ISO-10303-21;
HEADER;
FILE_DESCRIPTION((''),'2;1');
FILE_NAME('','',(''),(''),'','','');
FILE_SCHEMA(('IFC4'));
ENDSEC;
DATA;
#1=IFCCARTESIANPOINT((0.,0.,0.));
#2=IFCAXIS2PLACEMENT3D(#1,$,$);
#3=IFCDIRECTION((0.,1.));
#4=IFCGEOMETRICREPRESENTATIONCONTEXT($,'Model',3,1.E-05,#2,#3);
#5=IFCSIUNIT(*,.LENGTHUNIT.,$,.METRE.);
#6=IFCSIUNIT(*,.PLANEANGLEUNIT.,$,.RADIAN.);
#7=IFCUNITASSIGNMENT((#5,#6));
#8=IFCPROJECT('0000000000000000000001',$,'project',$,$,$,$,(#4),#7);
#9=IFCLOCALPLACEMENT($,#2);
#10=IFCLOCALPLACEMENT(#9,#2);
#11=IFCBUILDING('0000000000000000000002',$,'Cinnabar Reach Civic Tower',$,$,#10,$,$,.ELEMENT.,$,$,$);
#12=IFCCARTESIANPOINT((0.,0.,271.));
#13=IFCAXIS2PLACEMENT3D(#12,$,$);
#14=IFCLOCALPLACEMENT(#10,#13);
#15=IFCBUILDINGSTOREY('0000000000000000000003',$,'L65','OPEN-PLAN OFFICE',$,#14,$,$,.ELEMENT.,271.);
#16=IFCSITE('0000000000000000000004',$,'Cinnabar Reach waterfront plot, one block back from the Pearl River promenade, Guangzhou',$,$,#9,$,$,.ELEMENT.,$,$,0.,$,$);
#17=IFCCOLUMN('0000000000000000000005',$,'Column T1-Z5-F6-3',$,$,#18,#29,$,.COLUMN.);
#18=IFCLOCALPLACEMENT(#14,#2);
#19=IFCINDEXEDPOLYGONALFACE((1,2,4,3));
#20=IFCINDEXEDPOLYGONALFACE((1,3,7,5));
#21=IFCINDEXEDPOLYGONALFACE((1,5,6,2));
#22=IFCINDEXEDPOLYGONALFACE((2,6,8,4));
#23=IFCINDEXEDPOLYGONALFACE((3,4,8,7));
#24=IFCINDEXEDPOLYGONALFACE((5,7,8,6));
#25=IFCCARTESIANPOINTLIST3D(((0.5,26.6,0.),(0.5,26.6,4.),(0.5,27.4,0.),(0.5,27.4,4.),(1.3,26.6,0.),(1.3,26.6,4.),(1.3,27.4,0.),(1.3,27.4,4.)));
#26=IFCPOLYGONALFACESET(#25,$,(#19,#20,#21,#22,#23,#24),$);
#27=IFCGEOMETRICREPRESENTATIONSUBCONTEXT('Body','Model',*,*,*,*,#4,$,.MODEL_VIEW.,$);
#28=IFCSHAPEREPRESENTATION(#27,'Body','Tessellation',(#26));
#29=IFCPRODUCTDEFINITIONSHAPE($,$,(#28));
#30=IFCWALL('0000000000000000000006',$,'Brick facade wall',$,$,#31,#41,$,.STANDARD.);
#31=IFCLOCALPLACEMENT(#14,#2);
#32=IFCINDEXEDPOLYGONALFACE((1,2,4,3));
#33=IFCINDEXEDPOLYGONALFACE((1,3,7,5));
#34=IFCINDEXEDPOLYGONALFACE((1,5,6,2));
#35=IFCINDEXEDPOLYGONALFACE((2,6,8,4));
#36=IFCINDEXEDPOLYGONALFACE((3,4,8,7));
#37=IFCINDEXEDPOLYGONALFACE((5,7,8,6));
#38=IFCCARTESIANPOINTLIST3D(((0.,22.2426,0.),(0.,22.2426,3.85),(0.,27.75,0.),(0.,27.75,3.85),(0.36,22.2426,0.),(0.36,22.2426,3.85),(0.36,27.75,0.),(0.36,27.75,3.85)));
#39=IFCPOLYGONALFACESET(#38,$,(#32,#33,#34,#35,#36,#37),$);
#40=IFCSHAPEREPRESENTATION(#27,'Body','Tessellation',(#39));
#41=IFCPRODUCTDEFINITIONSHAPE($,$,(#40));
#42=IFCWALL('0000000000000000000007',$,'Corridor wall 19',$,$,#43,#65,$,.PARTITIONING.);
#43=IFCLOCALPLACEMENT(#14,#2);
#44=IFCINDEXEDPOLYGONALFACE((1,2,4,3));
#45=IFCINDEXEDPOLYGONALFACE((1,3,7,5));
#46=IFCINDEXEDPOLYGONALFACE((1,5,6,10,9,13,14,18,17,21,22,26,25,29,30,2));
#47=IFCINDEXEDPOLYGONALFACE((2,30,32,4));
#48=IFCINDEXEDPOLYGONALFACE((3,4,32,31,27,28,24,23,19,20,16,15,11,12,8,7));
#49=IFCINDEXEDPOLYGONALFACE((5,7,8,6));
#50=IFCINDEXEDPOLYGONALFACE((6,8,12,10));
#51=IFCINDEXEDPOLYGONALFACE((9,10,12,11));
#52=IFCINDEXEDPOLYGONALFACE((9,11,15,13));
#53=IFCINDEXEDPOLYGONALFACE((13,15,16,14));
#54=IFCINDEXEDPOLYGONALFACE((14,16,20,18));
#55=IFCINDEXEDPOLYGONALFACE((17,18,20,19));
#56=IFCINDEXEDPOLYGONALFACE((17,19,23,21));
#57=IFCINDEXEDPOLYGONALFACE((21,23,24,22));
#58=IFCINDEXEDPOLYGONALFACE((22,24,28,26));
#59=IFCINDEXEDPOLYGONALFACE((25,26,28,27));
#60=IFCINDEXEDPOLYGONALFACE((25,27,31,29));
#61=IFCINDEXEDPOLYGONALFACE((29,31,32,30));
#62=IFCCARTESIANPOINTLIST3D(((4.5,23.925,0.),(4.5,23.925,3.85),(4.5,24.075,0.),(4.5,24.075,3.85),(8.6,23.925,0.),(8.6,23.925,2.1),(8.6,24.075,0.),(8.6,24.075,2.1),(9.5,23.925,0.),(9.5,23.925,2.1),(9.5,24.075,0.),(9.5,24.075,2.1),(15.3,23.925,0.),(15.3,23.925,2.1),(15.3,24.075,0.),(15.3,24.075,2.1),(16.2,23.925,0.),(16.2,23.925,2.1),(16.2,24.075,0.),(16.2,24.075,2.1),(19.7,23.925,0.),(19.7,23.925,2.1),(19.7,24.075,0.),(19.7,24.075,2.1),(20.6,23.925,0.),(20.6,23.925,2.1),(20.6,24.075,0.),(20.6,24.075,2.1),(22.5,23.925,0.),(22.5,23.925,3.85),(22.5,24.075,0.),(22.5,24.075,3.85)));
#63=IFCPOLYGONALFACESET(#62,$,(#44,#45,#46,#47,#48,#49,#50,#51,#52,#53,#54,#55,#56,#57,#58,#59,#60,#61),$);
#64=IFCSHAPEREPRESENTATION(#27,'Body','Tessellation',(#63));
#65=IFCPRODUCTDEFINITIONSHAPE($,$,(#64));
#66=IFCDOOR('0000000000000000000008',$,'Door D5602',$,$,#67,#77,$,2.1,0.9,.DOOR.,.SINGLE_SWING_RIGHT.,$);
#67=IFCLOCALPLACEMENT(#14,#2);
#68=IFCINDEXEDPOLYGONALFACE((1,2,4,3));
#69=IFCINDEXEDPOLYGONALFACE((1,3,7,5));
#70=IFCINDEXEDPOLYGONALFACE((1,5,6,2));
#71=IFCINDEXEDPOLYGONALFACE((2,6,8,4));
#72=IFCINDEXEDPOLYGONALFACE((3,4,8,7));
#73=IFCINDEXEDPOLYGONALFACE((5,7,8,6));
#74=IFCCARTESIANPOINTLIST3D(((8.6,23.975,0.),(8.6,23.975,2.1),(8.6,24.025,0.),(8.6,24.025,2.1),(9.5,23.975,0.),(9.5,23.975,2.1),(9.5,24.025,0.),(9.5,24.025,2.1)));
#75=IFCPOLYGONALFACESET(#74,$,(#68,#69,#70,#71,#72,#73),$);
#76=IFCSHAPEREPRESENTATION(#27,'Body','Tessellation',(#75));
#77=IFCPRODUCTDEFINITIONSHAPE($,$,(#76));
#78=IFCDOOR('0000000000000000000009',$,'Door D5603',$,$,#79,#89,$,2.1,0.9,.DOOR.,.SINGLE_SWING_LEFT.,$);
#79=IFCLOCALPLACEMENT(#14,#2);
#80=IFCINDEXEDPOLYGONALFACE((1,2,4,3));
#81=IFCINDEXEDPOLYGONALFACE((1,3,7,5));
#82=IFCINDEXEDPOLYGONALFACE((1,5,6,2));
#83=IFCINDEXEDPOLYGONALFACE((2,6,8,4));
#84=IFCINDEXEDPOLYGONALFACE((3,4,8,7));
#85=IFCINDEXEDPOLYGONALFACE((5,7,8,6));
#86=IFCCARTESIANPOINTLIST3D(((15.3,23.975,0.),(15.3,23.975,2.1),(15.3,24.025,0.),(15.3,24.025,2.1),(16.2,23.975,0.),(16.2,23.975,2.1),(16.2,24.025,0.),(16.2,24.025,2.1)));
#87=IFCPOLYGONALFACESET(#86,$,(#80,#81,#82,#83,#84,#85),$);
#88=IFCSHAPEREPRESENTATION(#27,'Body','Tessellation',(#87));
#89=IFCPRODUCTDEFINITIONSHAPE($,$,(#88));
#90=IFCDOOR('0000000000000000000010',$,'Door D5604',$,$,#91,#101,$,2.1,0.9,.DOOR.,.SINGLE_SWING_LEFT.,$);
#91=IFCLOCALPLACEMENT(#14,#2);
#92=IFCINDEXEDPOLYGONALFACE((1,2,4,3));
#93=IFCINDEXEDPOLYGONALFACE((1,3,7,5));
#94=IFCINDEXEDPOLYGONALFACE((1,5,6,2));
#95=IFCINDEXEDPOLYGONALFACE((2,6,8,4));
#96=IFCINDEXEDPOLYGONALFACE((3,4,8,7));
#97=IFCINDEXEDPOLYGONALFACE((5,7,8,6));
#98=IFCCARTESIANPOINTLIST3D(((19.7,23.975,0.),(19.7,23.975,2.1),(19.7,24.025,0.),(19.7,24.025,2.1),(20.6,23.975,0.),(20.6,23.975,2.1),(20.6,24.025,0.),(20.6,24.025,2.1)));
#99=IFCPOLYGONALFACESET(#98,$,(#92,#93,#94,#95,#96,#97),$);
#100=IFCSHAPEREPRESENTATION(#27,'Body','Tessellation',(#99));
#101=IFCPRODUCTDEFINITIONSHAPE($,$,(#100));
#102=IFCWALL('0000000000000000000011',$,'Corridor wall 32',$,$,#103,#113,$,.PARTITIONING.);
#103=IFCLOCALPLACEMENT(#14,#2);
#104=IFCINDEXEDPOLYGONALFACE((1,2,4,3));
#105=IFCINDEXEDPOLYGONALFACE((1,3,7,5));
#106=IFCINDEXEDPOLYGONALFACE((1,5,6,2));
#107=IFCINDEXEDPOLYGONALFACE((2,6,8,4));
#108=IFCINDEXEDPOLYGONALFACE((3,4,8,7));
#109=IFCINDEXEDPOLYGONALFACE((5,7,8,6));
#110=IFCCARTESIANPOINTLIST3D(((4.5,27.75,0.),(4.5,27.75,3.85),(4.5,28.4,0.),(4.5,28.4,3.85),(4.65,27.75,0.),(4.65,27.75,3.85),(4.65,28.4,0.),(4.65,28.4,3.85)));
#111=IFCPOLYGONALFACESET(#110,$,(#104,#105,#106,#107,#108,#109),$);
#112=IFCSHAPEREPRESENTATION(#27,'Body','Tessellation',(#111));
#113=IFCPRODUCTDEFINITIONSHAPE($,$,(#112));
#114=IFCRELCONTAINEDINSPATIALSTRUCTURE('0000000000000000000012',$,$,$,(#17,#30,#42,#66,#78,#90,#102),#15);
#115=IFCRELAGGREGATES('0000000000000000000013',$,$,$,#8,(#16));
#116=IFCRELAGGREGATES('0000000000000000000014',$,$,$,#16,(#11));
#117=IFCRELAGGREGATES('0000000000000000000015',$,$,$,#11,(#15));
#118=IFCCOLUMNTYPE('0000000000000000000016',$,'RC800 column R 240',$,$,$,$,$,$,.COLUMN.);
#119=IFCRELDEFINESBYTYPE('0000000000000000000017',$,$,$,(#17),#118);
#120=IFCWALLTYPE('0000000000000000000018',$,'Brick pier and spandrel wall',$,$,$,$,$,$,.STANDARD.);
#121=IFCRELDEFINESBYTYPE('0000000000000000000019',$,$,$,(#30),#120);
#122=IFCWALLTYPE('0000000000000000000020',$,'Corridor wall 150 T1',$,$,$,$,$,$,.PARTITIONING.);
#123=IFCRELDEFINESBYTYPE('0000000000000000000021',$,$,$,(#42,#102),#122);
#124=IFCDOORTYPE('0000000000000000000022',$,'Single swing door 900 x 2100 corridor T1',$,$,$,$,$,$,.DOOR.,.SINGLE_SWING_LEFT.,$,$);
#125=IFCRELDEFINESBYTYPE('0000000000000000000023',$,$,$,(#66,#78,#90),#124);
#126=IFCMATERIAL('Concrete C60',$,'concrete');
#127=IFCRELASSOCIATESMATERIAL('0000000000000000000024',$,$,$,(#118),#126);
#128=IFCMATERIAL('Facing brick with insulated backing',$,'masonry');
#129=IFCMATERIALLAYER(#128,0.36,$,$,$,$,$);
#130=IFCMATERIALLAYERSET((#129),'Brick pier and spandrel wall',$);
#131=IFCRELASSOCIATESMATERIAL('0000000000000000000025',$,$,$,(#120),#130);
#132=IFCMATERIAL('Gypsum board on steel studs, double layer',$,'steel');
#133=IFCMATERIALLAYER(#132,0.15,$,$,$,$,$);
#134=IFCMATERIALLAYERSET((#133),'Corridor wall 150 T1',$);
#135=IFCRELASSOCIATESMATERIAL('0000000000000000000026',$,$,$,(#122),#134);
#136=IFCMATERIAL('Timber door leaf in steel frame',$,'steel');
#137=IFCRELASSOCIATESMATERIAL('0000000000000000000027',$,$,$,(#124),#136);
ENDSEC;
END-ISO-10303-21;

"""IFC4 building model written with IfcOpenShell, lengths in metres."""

from ifc_helpers import new_model, si_unit, direction, frame, frame_2d, origin, origin_2d, place, context, subcontext, project, spatial, rectangle, extrude, material, layer, layer_set, material_profile, profile_set, type_object, element, fill, save


model = new_model("IFC4")

# Units and contexts
model_context = context("Model", 3, precision=1e-05, world=origin(), true_north=direction((0.0, 1.0)))
body_context = subcontext(model_context, "Body", "Model", "MODEL_VIEW")
ifc_project = project(units=[si_unit("LENGTHUNIT", "METRE"), si_unit("PLANEANGLEUNIT", "RADIAN")], contexts=[model_context])

# Site, building, storey
site_placement = place(None, origin())
site = spatial("IfcSite", under=ifc_project, at=site_placement, Name="Cinnabar Reach waterfront plot, one block back from the Pearl River promenade, Guangzhou", CompositionType="ELEMENT", RefElevation=0.0)
building_placement = place(site_placement, origin())
building = spatial("IfcBuilding", under=site, at=building_placement, Name="Cinnabar Reach Civic Tower", CompositionType="ELEMENT")
storey_placement = place(building_placement, frame((0.0, 0.0, 271.0)))
storey = spatial("IfcBuildingStorey", under=building, at=storey_placement, Name="L65", Description="OPEN-PLAN OFFICE", CompositionType="ELEMENT", Elevation=271.0)

# Column
ifc_material_1 = material(Name="Concrete C60", Category="concrete")
ifc_material_profile = material_profile(ifc_material_1, rectangle(XDim=0.8, YDim=0.8, at=origin_2d()), Name="RC800")
ifc_profile_set = profile_set([ifc_material_profile], Name="Concrete C60")
column_type = type_object("IfcColumnType", Name="RC800 column R 240", PredefinedType="COLUMN", material=ifc_profile_set)
column_placement = place(storey_placement, frame((0.9, 27.0, 0.0), z_axis=(0.0, 0.0, 1.0), x_axis=(1.0, 0.0, 0.0)))
element("IfcColumn", 1, at=column_placement, inside=storey, type_object=column_type, Name="Column T1-Z5-F6-3", PredefinedType="COLUMN", context=body_context, shape_type="SweptSolid", body=[
    extrude(rectangle(XDim=0.8, YDim=0.8, at=origin_2d()), origin(), (0.0, 0.0, 1.0), 4.0),
])

# Wall
ifc_material_2 = material(Name="Facing brick with insulated backing", Category="masonry")
ifc_layer_1 = layer(ifc_material_2, 0.36)
ifc_layer_set_1 = layer_set([ifc_layer_1], Name="Brick pier and spandrel wall")
wall_type_1 = type_object("IfcWallType", Name="Brick pier and spandrel wall", PredefinedType="STANDARD", material=ifc_layer_set_1)
wall_1_placement = place(storey_placement, frame((0.18, 27.75, 0.0), z_axis=(0.0, 0.0, 1.0), x_axis=(0.0, -1.0, 0.0)))
element("IfcWall", 2, at=wall_1_placement, inside=storey, type_object=wall_type_1, Name="Brick facade wall", PredefinedType="STANDARD", context=body_context, shape_type="SweptSolid", body=[
    extrude(rectangle(XDim=5.5074, YDim=0.36, at=frame_2d((2.7537, 0.0))), origin(), (0.0, 0.0, 1.0), 3.85),
])

# Wall, openings, doors
ifc_material_3 = material(Name="Gypsum board on steel studs, double layer", Category="steel")
ifc_layer_2 = layer(ifc_material_3, 0.15)
ifc_layer_set_2 = layer_set([ifc_layer_2], Name="Corridor wall 150 T1")
wall_type_2 = type_object("IfcWallType", Name="Corridor wall 150 T1", PredefinedType="PARTITIONING", material=ifc_layer_set_2)
wall_2_placement = place(storey_placement, frame((4.5, 24.0, 0.0), z_axis=(0.0, 0.0, 1.0), x_axis=(1.0, 0.0, 0.0)))
wall_2 = element("IfcWall", 3, at=wall_2_placement, inside=storey, type_object=wall_type_2, Name="Corridor wall 19", PredefinedType="PARTITIONING", context=body_context, shape_type="SweptSolid", body=[
    extrude(rectangle(XDim=18.0, YDim=0.15, at=frame_2d((9.0, 0.0))), origin(), (0.0, 0.0, 1.0), 3.85),
])
opening_1_placement = place(wall_2_placement, frame((4.1, 0.0, 0.0)))
opening_1 = element("IfcOpeningElement", 4, at=opening_1_placement, cuts=wall_2, PredefinedType="OPENING", context=body_context, shape_type="SweptSolid", body=[
    extrude(rectangle(XDim=0.9, YDim=2.1, at=frame_2d((0.45, 1.05))), frame((0.0, 0.085, 0.0), z_axis=(0.0, -1.0, 0.0), x_axis=(1.0, 0.0, 0.0)), (0.0, 0.0, 1.0), 0.17),
])
opening_2_placement = place(wall_2_placement, frame((10.8, 0.0, 0.0)))
opening_2 = element("IfcOpeningElement", 5, at=opening_2_placement, cuts=wall_2, PredefinedType="OPENING", context=body_context, shape_type="SweptSolid", body=[
    extrude(rectangle(XDim=0.9, YDim=2.1, at=frame_2d((0.45, 1.05))), frame((0.0, 0.085, 0.0), z_axis=(0.0, -1.0, 0.0), x_axis=(1.0, 0.0, 0.0)), (0.0, 0.0, 1.0), 0.17),
])
opening_3_placement = place(wall_2_placement, frame((15.2, 0.0, 0.0)))
opening_3 = element("IfcOpeningElement", 6, at=opening_3_placement, cuts=wall_2, PredefinedType="OPENING", context=body_context, shape_type="SweptSolid", body=[
    extrude(rectangle(XDim=0.9, YDim=2.1, at=frame_2d((0.45, 1.05))), frame((0.0, 0.085, 0.0), z_axis=(0.0, -1.0, 0.0), x_axis=(1.0, 0.0, 0.0)), (0.0, 0.0, 1.0), 0.17),
])
ifc_material_4 = material(Name="Timber door leaf in steel frame", Category="steel")
door_type_1 = type_object("IfcDoorType", Name="Single swing door 900 x 2100 corridor T1", OperationType="SINGLE_SWING_LEFT", PredefinedType="DOOR", material=ifc_material_4)
door_1_placement = place(opening_1_placement, frame((0.9, 0.0, 0.0), z_axis=(0.0, 0.0, 1.0), x_axis=(-1.0, 0.0, 0.0)))
door_1 = element("IfcDoor", 7, at=door_1_placement, inside=storey, type_object=door_type_1, Name="Door D5602", OperationType="SINGLE_SWING_RIGHT", OverallHeight=2.1, OverallWidth=0.9, PredefinedType="DOOR", context=body_context, shape_type="SweptSolid", body=[
    extrude(rectangle(XDim=0.9, YDim=2.1, at=frame_2d((0.45, 1.05))), frame((0.0, 0.025, 0.0), z_axis=(0.0, -1.0, 0.0), x_axis=(1.0, 0.0, 0.0)), (0.0, 0.0, 1.0), 0.05),
])
fill(opening_1, door_1)
door_2_placement = place(opening_2_placement, frame((0.9, 0.0, 0.0), z_axis=(0.0, 0.0, 1.0), x_axis=(-1.0, 0.0, 0.0)))
door_2 = element("IfcDoor", 8, at=door_2_placement, inside=storey, type_object=door_type_1, Name="Door D5603", OperationType="SINGLE_SWING_LEFT", OverallHeight=2.1, OverallWidth=0.9, PredefinedType="DOOR", context=body_context, shape_type="SweptSolid", body=[
    extrude(rectangle(XDim=0.9, YDim=2.1, at=frame_2d((0.45, 1.05))), frame((0.0, 0.025, 0.0), z_axis=(0.0, -1.0, 0.0), x_axis=(1.0, 0.0, 0.0)), (0.0, 0.0, 1.0), 0.05),
])
fill(opening_2, door_2)
door_3_placement = place(opening_3_placement, frame((0.9, 0.0, 0.0), z_axis=(0.0, 0.0, 1.0), x_axis=(-1.0, 0.0, 0.0)))
door_3 = element("IfcDoor", 9, at=door_3_placement, inside=storey, type_object=door_type_1, Name="Door D5604", OperationType="SINGLE_SWING_LEFT", OverallHeight=2.1, OverallWidth=0.9, PredefinedType="DOOR", context=body_context, shape_type="SweptSolid", body=[
    extrude(rectangle(XDim=0.9, YDim=2.1, at=frame_2d((0.45, 1.05))), frame((0.0, 0.025, 0.0), z_axis=(0.0, -1.0, 0.0), x_axis=(1.0, 0.0, 0.0)), (0.0, 0.0, 1.0), 0.05),
])
fill(opening_3, door_3)

# Wall
wall_3_placement = place(storey_placement, frame((4.575, 27.75, 0.0), z_axis=(0.0, 0.0, 1.0), x_axis=(0.0, 1.0, 0.0)))
element("IfcWall", 10, at=wall_3_placement, inside=storey, type_object=wall_type_2, Name="Corridor wall 32", PredefinedType="PARTITIONING", context=body_context, shape_type="SweptSolid", body=[
    extrude(rectangle(XDim=0.65, YDim=0.15, at=frame_2d((0.325, 0.0))), origin(), (0.0, 0.0, 1.0), 3.85),
])

save(model, "model.ifc")
